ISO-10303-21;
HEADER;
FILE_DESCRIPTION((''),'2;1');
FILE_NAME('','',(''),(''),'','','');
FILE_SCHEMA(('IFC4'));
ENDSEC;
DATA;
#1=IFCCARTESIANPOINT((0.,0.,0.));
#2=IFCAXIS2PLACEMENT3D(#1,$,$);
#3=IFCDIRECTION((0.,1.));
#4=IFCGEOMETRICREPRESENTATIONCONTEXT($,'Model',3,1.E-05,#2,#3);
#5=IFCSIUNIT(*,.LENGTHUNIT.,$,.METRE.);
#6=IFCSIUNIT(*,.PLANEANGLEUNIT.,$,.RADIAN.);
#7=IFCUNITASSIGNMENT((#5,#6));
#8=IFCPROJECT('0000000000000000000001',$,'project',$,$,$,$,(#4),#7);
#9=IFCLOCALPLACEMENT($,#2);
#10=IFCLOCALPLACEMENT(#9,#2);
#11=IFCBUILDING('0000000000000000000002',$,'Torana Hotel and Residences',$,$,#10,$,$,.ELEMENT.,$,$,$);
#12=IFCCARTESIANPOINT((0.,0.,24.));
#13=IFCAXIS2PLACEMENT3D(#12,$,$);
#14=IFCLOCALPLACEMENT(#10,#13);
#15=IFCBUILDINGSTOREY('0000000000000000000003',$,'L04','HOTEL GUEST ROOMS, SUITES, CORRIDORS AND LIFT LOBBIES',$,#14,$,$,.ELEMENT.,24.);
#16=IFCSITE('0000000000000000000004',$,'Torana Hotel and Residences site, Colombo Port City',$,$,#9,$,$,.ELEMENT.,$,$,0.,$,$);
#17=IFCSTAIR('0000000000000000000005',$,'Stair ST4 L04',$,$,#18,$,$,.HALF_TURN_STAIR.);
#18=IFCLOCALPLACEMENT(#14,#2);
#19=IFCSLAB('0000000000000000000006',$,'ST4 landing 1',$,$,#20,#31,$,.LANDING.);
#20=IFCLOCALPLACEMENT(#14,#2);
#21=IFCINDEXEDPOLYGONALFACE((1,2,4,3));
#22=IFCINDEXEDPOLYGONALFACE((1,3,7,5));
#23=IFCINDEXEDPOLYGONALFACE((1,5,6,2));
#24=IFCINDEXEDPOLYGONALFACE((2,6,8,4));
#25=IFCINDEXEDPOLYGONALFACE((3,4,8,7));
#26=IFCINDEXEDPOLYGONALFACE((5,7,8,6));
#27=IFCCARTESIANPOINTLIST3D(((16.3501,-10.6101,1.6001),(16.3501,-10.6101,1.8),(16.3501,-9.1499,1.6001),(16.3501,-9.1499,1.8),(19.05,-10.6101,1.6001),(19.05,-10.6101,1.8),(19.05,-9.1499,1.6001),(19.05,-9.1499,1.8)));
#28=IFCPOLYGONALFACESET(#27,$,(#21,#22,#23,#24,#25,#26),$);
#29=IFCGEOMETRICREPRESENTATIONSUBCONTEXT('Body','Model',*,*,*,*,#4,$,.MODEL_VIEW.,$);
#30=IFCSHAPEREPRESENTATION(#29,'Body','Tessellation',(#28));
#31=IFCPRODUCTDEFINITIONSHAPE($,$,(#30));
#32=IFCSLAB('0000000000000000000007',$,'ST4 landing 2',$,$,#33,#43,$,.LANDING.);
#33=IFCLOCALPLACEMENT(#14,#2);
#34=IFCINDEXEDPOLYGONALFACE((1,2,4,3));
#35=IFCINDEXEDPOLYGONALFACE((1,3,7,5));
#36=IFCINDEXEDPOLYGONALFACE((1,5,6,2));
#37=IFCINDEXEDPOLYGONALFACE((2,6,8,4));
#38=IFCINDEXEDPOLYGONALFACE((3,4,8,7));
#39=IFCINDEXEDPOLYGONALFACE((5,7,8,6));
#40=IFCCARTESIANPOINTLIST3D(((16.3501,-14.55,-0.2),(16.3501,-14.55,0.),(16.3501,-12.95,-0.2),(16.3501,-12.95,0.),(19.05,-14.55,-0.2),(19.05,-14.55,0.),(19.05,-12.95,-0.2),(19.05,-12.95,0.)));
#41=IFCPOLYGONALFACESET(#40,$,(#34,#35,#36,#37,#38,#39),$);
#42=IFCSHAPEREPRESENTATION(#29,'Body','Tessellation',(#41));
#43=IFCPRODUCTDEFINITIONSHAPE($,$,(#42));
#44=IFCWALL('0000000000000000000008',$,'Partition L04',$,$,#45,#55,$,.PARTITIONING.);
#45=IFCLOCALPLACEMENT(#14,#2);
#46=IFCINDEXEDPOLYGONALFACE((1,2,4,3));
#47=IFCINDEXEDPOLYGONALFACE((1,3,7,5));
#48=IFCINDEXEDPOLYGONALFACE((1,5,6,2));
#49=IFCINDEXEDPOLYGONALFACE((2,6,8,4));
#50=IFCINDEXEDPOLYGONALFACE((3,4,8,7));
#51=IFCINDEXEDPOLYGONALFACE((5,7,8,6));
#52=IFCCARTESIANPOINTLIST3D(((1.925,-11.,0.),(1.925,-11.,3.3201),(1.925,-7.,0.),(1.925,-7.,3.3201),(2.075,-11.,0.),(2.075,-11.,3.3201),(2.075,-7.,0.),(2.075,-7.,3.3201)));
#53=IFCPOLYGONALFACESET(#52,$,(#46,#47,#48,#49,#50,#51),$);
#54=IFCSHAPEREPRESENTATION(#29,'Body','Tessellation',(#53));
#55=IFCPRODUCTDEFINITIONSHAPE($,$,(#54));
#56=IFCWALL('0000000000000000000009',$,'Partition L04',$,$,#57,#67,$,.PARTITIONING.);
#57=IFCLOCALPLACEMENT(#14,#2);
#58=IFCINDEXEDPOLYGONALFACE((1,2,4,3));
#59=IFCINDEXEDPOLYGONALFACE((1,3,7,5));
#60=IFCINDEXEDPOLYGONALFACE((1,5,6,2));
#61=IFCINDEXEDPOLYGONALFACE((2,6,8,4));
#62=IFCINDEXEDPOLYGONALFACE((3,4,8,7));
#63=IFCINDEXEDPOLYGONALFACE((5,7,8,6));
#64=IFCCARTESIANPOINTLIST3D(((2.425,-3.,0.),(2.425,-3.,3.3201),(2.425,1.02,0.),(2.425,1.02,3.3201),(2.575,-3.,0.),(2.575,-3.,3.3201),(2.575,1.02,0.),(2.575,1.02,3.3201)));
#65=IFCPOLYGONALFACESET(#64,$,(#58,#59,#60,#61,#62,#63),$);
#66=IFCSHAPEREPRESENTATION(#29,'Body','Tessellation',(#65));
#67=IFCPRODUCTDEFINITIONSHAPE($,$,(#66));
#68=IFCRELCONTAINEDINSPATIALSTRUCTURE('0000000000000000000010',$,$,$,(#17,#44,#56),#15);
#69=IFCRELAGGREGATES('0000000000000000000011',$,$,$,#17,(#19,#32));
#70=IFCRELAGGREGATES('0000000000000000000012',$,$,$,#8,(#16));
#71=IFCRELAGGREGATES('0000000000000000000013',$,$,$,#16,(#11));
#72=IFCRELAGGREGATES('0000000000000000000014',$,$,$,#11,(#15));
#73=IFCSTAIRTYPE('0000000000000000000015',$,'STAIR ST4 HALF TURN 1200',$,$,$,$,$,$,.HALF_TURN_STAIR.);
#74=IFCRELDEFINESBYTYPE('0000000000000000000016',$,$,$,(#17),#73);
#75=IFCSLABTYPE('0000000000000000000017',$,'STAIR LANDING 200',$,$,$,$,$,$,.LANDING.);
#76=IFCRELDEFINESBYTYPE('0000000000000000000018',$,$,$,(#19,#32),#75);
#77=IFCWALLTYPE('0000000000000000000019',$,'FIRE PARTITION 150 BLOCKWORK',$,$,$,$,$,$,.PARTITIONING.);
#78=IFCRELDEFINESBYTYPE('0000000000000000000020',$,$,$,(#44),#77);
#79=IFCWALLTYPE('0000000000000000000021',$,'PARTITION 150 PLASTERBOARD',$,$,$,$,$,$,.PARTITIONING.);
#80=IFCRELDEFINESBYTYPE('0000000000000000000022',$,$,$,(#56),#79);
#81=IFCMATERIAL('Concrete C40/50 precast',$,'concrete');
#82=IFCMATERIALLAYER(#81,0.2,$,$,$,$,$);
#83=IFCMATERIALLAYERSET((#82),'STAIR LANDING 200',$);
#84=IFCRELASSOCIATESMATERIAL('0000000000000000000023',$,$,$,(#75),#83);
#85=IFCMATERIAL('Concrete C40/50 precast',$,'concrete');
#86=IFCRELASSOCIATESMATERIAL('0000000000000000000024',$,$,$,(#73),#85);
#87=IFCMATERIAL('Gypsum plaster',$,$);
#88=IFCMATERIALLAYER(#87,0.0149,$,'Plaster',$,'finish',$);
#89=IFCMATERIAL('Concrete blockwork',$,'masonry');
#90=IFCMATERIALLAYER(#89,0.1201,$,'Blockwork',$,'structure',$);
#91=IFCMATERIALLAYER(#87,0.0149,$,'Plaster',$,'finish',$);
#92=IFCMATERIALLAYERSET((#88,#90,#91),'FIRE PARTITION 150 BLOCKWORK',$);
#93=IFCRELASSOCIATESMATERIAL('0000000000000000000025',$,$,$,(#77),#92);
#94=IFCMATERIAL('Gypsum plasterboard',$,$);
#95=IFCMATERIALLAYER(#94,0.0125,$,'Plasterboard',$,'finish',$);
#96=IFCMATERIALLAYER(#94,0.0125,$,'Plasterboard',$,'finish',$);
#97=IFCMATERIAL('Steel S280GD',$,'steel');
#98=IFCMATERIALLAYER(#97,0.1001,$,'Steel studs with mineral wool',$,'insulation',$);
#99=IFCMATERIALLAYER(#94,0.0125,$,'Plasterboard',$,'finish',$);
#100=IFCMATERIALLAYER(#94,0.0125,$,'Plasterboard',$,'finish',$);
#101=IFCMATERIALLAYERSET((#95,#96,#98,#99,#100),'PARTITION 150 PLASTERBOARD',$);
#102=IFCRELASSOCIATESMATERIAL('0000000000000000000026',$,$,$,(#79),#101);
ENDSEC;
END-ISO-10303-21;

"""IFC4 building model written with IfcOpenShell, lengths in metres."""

from ifc_helpers import new_model, si_unit, direction, frame, frame_2d, origin, place, context, subcontext, project, spatial, polyline, rectangle, outline, extrude, material, layer, layer_set, type_object, element, aggregate, save


model = new_model("IFC4")

# Units and contexts
model_context = context("Model", 3, precision=1e-05, world=origin(), true_north=direction((0.0, 1.0)))
body_context = subcontext(model_context, "Body", "Model", "MODEL_VIEW")
ifc_project = project(units=[si_unit("LENGTHUNIT", "METRE"), si_unit("PLANEANGLEUNIT", "RADIAN")], contexts=[model_context])

# Site, building, storey
site_placement = place(None, origin())
site = spatial("IfcSite", under=ifc_project, at=site_placement, Name="Torana Hotel and Residences site, Colombo Port City", CompositionType="ELEMENT", RefElevation=0.0)
building_placement = place(site_placement, origin())
building = spatial("IfcBuilding", under=site, at=building_placement, Name="Torana Hotel and Residences", CompositionType="ELEMENT")
storey_placement = place(building_placement, frame((0.0, 0.0, 24.0)))
storey = spatial("IfcBuildingStorey", under=building, at=storey_placement, Name="L04", Description="HOTEL GUEST ROOMS, SUITES, CORRIDORS AND LIFT LOBBIES", CompositionType="ELEMENT", Elevation=24.0)

# Stair, slabs
ifc_material_1 = material(Name="Concrete C40/50 precast", Category="concrete")
ifc_layer_1 = layer(ifc_material_1, 0.2)
ifc_layer_set_1 = layer_set([ifc_layer_1], Name="STAIR LANDING 200")
slab_type_1 = type_object("IfcSlabType", Name="STAIR LANDING 200", PredefinedType="LANDING", material=ifc_layer_set_1)
ifc_material_2 = material(Name="Concrete C40/50 precast", Category="concrete")
stair_type_1 = type_object("IfcStairType", Name="STAIR ST4 HALF TURN 1200", PredefinedType="HALF_TURN_STAIR", material=ifc_material_2)
stair_1_placement = place(storey_placement, origin())
stair_1 = element("IfcStair", 1, at=stair_1_placement, inside=storey, type_object=stair_type_1, Name="Stair ST4 L04", PredefinedType="HALF_TURN_STAIR")
slab_1_placement = place(storey_placement, frame((0.0, 0.0, 1.6001)))
slab_1 = element("IfcSlab", 2, at=slab_1_placement, type_object=slab_type_1, Name="ST4 landing 1", PredefinedType="LANDING", context=body_context, shape_type="SweptSolid", body=[
    extrude(outline(polyline([(16.3501, -10.6101), (19.05, -10.6101), (19.05, -9.1499), (16.3501, -9.1499), (16.3501, -10.6101)])), origin(), (0.0, 0.0, 1.0), 0.2),
])
slab_2_placement = place(storey_placement, frame((0.0, 0.0, -0.2)))
slab_2 = element("IfcSlab", 3, at=slab_2_placement, type_object=slab_type_1, Name="ST4 landing 2", PredefinedType="LANDING", context=body_context, shape_type="SweptSolid", body=[
    extrude(outline(polyline([(16.3501, -14.55), (19.05, -14.55), (19.05, -12.95), (16.3501, -12.95), (16.3501, -14.55)])), origin(), (0.0, 0.0, 1.0), 0.2),
])
aggregate(stair_1, [slab_1, slab_2])

# Walls
ifc_material_3 = material(Name="Gypsum plaster")
ifc_layer_2 = layer(ifc_material_3, 0.0149, Name="Plaster", Category="finish")
ifc_material_4 = material(Name="Concrete blockwork", Category="masonry")
ifc_layer_3 = layer(ifc_material_4, 0.1201, Name="Blockwork", Category="structure")
ifc_layer_4 = layer(ifc_material_3, 0.0149, Name="Plaster", Category="finish")
ifc_layer_set_2 = layer_set([ifc_layer_2, ifc_layer_3, ifc_layer_4], Name="FIRE PARTITION 150 BLOCKWORK")
wall_type_1 = type_object("IfcWallType", Name="FIRE PARTITION 150 BLOCKWORK", PredefinedType="PARTITIONING", material=ifc_layer_set_2)
wall_1_placement = place(storey_placement, frame((2.0, -11.0, 0.0), z_axis=(0.0, 0.0, 1.0), x_axis=(0.0, 1.0, 0.0)))
element("IfcWall", 4, at=wall_1_placement, inside=storey, type_object=wall_type_1, Name="Partition L04", PredefinedType="PARTITIONING", context=body_context, shape_type="SweptSolid", body=[
    extrude(rectangle(XDim=4.0, YDim=0.1499, at=frame_2d((2.0, 0.0))), origin(), (0.0, 0.0, 1.0), 3.3201),
])
ifc_material_5 = material(Name="Gypsum plasterboard")
ifc_layer_5 = layer(ifc_material_5, 0.0125, Name="Plasterboard", Category="finish")
ifc_layer_6 = layer(ifc_material_5, 0.0125, Name="Plasterboard", Category="finish")
ifc_material_6 = material(Name="Steel S280GD", Category="steel")
ifc_layer_7 = layer(ifc_material_6, 0.1001, Name="Steel studs with mineral wool", Category="insulation")
ifc_layer_8 = layer(ifc_material_5, 0.0125, Name="Plasterboard", Category="finish")
ifc_layer_9 = layer(ifc_material_5, 0.0125, Name="Plasterboard", Category="finish")
ifc_layer_set_3 = layer_set([ifc_layer_5, ifc_layer_6, ifc_layer_7, ifc_layer_8, ifc_layer_9], Name="PARTITION 150 PLASTERBOARD")
wall_type_2 = type_object("IfcWallType", Name="PARTITION 150 PLASTERBOARD", PredefinedType="PARTITIONING", material=ifc_layer_set_3)
wall_2_placement = place(storey_placement, frame((2.5, -3.0, 0.0), z_axis=(0.0, 0.0, 1.0), x_axis=(0.0, 1.0, 0.0)))
element("IfcWall", 5, at=wall_2_placement, inside=storey, type_object=wall_type_2, Name="Partition L04", PredefinedType="PARTITIONING", context=body_context, shape_type="SweptSolid", body=[
    extrude(rectangle(XDim=4.02, YDim=0.1499, at=frame_2d((2.01, 0.0))), origin(), (0.0, 0.0, 1.0), 3.3201),
])

save(model, "model.ifc")
